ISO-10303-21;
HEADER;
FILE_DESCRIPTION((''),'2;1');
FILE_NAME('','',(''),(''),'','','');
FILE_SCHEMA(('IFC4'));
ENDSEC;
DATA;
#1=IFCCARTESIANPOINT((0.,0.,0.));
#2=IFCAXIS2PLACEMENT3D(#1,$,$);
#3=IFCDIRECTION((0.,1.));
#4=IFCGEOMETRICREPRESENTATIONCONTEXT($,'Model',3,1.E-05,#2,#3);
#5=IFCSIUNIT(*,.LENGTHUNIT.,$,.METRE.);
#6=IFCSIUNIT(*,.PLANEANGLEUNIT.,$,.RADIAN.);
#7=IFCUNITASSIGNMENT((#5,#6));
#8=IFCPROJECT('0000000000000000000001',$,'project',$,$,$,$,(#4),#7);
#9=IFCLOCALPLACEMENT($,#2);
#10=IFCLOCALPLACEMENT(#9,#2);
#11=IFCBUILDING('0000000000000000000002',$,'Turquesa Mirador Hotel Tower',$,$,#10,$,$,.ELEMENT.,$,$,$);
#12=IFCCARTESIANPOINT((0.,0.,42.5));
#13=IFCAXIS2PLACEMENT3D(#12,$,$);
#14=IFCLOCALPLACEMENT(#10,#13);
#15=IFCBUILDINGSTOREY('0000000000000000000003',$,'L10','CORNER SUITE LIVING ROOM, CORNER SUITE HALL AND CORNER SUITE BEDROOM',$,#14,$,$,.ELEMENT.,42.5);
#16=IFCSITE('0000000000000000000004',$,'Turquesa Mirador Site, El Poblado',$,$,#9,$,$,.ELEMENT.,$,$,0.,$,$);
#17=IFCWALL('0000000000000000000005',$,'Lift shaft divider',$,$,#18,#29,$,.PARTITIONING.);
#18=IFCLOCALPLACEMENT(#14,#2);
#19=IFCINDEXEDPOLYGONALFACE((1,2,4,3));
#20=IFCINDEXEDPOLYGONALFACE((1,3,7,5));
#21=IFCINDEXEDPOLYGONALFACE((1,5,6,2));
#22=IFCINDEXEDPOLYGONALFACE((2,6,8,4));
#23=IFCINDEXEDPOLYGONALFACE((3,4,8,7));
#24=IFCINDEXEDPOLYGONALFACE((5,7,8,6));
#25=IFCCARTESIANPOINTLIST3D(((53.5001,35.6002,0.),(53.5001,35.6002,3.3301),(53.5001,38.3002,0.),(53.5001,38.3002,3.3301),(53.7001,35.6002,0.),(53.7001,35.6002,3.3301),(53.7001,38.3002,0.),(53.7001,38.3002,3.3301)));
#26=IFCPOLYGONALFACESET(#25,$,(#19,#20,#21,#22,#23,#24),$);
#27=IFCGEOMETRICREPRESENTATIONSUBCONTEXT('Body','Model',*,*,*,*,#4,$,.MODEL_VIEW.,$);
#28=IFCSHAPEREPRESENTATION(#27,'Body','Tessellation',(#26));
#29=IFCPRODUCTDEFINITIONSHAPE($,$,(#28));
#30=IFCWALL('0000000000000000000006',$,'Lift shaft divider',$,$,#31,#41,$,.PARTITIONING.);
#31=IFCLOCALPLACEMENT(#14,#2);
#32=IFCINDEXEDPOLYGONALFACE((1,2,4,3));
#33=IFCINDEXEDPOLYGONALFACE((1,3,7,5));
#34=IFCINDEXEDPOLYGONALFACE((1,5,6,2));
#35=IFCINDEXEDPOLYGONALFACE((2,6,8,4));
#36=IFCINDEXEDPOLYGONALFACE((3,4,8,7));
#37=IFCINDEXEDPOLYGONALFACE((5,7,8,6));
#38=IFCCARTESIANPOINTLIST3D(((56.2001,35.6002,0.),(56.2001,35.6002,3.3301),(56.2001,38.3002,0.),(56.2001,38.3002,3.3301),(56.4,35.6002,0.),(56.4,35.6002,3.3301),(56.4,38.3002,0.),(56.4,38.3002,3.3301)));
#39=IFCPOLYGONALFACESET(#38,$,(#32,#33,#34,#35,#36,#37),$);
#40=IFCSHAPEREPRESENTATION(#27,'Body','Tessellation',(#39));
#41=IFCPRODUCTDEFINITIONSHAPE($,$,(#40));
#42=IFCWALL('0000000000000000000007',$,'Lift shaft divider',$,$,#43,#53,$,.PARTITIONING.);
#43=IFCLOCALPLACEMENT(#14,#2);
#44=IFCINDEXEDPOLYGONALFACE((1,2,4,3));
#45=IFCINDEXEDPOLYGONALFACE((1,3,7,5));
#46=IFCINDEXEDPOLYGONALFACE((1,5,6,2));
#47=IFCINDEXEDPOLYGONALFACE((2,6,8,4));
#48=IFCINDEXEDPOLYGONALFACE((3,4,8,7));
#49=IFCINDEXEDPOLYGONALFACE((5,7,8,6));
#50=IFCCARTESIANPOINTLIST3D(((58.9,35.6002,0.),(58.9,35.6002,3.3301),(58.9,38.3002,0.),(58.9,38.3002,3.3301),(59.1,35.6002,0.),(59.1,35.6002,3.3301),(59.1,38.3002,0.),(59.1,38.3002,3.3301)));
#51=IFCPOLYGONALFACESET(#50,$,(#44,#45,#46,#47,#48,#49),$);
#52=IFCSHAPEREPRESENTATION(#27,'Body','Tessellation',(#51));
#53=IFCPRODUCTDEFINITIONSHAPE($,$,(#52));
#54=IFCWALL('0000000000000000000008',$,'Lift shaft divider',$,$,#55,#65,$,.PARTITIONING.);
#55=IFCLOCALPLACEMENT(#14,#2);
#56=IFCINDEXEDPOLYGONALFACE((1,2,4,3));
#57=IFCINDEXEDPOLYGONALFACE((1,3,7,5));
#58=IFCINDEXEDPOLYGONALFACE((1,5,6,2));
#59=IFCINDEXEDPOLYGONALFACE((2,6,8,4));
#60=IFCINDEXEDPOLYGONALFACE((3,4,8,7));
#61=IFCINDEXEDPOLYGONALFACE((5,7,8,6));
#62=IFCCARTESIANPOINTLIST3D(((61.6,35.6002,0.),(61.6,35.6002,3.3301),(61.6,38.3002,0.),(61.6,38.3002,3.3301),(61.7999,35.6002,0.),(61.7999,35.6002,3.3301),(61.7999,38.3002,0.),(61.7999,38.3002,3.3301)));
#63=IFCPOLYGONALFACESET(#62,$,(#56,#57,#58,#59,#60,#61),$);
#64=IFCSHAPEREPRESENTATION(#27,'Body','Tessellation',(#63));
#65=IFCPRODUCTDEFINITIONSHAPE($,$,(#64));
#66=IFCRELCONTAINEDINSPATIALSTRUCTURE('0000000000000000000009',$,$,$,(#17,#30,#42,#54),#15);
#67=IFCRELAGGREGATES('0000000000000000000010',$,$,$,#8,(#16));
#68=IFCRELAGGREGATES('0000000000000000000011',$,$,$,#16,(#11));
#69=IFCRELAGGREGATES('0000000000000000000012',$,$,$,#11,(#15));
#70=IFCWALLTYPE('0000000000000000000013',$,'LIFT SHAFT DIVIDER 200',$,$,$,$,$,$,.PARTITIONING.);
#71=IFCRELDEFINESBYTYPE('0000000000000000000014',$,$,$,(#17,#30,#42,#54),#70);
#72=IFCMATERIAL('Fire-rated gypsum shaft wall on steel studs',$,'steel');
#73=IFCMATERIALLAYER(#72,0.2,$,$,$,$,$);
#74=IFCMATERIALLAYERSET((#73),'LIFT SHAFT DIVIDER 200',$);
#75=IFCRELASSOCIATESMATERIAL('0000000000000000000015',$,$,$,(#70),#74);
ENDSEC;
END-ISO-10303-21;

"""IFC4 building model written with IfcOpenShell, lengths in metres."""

from ifc_helpers import new_model, si_unit, direction, frame, frame_2d, origin, place, context, subcontext, project, spatial, rectangle, extrude, material, layer, layer_set, type_object, element, save


model = new_model("IFC4")

# Units and contexts
model_context = context("Model", 3, precision=1e-05, world=origin(), true_north=direction((0.0, 1.0)))
body_context = subcontext(model_context, "Body", "Model", "MODEL_VIEW")
ifc_project = project(units=[si_unit("LENGTHUNIT", "METRE"), si_unit("PLANEANGLEUNIT", "RADIAN")], contexts=[model_context])

# Site, building, storey
site_placement = place(None, origin())
site = spatial("IfcSite", under=ifc_project, at=site_placement, Name="Turquesa Mirador Site, El Poblado", CompositionType="ELEMENT", RefElevation=0.0)
building_placement = place(site_placement, origin())
building = spatial("IfcBuilding", under=site, at=building_placement, Name="Turquesa Mirador Hotel Tower", CompositionType="ELEMENT")
storey_placement = place(building_placement, frame((0.0, 0.0, 42.5)))
storey = spatial("IfcBuildingStorey", under=building, at=storey_placement, Name="L10", Description="CORNER SUITE LIVING ROOM, CORNER SUITE HALL AND CORNER SUITE BEDROOM", CompositionType="ELEMENT", Elevation=42.5)

# Walls
ifc_material_1 = material(Name="Fire-rated gypsum shaft wall on steel studs", Category="steel")
ifc_layer_1 = layer(ifc_material_1, 0.2)
ifc_layer_set_1 = layer_set([ifc_layer_1], Name="LIFT SHAFT DIVIDER 200")
wall_type_1 = type_object("IfcWallType", Name="LIFT SHAFT DIVIDER 200", PredefinedType="PARTITIONING", material=ifc_layer_set_1)
for number, where, z_axis, x_axis, name in (
    (1, (53.6001, 35.6001, 0.0), (0.0, 0.0, 1.0), (0.0, 1.0, 0.0), "Lift shaft divider"),
    (2, (56.3, 35.6001, 0.0), (0.0, 0.0, 1.0), (0.0, 1.0, 0.0), "Lift shaft divider"),
    (3, (59.0, 35.6001, 0.0), (0.0, 0.0, 1.0), (0.0, 1.0, 0.0), "Lift shaft divider"),
    (4, (61.7, 35.6001, 0.0), (0.0, 0.0, 1.0), (0.0, 1.0, 0.0), "Lift shaft divider"),
):
    element("IfcWall", number, at=place(storey_placement, frame(where, z_axis=z_axis, x_axis=x_axis)), inside=storey, type_object=wall_type_1, Name=name, PredefinedType="PARTITIONING", context=body_context, shape_type="SweptSolid", body=[
        extrude(rectangle(XDim=2.7, YDim=0.2, at=frame_2d((1.3501, 0.0))), origin(), (0.0, 0.0, 1.0), 3.3301),
    ])

save(model, "model.ifc")
